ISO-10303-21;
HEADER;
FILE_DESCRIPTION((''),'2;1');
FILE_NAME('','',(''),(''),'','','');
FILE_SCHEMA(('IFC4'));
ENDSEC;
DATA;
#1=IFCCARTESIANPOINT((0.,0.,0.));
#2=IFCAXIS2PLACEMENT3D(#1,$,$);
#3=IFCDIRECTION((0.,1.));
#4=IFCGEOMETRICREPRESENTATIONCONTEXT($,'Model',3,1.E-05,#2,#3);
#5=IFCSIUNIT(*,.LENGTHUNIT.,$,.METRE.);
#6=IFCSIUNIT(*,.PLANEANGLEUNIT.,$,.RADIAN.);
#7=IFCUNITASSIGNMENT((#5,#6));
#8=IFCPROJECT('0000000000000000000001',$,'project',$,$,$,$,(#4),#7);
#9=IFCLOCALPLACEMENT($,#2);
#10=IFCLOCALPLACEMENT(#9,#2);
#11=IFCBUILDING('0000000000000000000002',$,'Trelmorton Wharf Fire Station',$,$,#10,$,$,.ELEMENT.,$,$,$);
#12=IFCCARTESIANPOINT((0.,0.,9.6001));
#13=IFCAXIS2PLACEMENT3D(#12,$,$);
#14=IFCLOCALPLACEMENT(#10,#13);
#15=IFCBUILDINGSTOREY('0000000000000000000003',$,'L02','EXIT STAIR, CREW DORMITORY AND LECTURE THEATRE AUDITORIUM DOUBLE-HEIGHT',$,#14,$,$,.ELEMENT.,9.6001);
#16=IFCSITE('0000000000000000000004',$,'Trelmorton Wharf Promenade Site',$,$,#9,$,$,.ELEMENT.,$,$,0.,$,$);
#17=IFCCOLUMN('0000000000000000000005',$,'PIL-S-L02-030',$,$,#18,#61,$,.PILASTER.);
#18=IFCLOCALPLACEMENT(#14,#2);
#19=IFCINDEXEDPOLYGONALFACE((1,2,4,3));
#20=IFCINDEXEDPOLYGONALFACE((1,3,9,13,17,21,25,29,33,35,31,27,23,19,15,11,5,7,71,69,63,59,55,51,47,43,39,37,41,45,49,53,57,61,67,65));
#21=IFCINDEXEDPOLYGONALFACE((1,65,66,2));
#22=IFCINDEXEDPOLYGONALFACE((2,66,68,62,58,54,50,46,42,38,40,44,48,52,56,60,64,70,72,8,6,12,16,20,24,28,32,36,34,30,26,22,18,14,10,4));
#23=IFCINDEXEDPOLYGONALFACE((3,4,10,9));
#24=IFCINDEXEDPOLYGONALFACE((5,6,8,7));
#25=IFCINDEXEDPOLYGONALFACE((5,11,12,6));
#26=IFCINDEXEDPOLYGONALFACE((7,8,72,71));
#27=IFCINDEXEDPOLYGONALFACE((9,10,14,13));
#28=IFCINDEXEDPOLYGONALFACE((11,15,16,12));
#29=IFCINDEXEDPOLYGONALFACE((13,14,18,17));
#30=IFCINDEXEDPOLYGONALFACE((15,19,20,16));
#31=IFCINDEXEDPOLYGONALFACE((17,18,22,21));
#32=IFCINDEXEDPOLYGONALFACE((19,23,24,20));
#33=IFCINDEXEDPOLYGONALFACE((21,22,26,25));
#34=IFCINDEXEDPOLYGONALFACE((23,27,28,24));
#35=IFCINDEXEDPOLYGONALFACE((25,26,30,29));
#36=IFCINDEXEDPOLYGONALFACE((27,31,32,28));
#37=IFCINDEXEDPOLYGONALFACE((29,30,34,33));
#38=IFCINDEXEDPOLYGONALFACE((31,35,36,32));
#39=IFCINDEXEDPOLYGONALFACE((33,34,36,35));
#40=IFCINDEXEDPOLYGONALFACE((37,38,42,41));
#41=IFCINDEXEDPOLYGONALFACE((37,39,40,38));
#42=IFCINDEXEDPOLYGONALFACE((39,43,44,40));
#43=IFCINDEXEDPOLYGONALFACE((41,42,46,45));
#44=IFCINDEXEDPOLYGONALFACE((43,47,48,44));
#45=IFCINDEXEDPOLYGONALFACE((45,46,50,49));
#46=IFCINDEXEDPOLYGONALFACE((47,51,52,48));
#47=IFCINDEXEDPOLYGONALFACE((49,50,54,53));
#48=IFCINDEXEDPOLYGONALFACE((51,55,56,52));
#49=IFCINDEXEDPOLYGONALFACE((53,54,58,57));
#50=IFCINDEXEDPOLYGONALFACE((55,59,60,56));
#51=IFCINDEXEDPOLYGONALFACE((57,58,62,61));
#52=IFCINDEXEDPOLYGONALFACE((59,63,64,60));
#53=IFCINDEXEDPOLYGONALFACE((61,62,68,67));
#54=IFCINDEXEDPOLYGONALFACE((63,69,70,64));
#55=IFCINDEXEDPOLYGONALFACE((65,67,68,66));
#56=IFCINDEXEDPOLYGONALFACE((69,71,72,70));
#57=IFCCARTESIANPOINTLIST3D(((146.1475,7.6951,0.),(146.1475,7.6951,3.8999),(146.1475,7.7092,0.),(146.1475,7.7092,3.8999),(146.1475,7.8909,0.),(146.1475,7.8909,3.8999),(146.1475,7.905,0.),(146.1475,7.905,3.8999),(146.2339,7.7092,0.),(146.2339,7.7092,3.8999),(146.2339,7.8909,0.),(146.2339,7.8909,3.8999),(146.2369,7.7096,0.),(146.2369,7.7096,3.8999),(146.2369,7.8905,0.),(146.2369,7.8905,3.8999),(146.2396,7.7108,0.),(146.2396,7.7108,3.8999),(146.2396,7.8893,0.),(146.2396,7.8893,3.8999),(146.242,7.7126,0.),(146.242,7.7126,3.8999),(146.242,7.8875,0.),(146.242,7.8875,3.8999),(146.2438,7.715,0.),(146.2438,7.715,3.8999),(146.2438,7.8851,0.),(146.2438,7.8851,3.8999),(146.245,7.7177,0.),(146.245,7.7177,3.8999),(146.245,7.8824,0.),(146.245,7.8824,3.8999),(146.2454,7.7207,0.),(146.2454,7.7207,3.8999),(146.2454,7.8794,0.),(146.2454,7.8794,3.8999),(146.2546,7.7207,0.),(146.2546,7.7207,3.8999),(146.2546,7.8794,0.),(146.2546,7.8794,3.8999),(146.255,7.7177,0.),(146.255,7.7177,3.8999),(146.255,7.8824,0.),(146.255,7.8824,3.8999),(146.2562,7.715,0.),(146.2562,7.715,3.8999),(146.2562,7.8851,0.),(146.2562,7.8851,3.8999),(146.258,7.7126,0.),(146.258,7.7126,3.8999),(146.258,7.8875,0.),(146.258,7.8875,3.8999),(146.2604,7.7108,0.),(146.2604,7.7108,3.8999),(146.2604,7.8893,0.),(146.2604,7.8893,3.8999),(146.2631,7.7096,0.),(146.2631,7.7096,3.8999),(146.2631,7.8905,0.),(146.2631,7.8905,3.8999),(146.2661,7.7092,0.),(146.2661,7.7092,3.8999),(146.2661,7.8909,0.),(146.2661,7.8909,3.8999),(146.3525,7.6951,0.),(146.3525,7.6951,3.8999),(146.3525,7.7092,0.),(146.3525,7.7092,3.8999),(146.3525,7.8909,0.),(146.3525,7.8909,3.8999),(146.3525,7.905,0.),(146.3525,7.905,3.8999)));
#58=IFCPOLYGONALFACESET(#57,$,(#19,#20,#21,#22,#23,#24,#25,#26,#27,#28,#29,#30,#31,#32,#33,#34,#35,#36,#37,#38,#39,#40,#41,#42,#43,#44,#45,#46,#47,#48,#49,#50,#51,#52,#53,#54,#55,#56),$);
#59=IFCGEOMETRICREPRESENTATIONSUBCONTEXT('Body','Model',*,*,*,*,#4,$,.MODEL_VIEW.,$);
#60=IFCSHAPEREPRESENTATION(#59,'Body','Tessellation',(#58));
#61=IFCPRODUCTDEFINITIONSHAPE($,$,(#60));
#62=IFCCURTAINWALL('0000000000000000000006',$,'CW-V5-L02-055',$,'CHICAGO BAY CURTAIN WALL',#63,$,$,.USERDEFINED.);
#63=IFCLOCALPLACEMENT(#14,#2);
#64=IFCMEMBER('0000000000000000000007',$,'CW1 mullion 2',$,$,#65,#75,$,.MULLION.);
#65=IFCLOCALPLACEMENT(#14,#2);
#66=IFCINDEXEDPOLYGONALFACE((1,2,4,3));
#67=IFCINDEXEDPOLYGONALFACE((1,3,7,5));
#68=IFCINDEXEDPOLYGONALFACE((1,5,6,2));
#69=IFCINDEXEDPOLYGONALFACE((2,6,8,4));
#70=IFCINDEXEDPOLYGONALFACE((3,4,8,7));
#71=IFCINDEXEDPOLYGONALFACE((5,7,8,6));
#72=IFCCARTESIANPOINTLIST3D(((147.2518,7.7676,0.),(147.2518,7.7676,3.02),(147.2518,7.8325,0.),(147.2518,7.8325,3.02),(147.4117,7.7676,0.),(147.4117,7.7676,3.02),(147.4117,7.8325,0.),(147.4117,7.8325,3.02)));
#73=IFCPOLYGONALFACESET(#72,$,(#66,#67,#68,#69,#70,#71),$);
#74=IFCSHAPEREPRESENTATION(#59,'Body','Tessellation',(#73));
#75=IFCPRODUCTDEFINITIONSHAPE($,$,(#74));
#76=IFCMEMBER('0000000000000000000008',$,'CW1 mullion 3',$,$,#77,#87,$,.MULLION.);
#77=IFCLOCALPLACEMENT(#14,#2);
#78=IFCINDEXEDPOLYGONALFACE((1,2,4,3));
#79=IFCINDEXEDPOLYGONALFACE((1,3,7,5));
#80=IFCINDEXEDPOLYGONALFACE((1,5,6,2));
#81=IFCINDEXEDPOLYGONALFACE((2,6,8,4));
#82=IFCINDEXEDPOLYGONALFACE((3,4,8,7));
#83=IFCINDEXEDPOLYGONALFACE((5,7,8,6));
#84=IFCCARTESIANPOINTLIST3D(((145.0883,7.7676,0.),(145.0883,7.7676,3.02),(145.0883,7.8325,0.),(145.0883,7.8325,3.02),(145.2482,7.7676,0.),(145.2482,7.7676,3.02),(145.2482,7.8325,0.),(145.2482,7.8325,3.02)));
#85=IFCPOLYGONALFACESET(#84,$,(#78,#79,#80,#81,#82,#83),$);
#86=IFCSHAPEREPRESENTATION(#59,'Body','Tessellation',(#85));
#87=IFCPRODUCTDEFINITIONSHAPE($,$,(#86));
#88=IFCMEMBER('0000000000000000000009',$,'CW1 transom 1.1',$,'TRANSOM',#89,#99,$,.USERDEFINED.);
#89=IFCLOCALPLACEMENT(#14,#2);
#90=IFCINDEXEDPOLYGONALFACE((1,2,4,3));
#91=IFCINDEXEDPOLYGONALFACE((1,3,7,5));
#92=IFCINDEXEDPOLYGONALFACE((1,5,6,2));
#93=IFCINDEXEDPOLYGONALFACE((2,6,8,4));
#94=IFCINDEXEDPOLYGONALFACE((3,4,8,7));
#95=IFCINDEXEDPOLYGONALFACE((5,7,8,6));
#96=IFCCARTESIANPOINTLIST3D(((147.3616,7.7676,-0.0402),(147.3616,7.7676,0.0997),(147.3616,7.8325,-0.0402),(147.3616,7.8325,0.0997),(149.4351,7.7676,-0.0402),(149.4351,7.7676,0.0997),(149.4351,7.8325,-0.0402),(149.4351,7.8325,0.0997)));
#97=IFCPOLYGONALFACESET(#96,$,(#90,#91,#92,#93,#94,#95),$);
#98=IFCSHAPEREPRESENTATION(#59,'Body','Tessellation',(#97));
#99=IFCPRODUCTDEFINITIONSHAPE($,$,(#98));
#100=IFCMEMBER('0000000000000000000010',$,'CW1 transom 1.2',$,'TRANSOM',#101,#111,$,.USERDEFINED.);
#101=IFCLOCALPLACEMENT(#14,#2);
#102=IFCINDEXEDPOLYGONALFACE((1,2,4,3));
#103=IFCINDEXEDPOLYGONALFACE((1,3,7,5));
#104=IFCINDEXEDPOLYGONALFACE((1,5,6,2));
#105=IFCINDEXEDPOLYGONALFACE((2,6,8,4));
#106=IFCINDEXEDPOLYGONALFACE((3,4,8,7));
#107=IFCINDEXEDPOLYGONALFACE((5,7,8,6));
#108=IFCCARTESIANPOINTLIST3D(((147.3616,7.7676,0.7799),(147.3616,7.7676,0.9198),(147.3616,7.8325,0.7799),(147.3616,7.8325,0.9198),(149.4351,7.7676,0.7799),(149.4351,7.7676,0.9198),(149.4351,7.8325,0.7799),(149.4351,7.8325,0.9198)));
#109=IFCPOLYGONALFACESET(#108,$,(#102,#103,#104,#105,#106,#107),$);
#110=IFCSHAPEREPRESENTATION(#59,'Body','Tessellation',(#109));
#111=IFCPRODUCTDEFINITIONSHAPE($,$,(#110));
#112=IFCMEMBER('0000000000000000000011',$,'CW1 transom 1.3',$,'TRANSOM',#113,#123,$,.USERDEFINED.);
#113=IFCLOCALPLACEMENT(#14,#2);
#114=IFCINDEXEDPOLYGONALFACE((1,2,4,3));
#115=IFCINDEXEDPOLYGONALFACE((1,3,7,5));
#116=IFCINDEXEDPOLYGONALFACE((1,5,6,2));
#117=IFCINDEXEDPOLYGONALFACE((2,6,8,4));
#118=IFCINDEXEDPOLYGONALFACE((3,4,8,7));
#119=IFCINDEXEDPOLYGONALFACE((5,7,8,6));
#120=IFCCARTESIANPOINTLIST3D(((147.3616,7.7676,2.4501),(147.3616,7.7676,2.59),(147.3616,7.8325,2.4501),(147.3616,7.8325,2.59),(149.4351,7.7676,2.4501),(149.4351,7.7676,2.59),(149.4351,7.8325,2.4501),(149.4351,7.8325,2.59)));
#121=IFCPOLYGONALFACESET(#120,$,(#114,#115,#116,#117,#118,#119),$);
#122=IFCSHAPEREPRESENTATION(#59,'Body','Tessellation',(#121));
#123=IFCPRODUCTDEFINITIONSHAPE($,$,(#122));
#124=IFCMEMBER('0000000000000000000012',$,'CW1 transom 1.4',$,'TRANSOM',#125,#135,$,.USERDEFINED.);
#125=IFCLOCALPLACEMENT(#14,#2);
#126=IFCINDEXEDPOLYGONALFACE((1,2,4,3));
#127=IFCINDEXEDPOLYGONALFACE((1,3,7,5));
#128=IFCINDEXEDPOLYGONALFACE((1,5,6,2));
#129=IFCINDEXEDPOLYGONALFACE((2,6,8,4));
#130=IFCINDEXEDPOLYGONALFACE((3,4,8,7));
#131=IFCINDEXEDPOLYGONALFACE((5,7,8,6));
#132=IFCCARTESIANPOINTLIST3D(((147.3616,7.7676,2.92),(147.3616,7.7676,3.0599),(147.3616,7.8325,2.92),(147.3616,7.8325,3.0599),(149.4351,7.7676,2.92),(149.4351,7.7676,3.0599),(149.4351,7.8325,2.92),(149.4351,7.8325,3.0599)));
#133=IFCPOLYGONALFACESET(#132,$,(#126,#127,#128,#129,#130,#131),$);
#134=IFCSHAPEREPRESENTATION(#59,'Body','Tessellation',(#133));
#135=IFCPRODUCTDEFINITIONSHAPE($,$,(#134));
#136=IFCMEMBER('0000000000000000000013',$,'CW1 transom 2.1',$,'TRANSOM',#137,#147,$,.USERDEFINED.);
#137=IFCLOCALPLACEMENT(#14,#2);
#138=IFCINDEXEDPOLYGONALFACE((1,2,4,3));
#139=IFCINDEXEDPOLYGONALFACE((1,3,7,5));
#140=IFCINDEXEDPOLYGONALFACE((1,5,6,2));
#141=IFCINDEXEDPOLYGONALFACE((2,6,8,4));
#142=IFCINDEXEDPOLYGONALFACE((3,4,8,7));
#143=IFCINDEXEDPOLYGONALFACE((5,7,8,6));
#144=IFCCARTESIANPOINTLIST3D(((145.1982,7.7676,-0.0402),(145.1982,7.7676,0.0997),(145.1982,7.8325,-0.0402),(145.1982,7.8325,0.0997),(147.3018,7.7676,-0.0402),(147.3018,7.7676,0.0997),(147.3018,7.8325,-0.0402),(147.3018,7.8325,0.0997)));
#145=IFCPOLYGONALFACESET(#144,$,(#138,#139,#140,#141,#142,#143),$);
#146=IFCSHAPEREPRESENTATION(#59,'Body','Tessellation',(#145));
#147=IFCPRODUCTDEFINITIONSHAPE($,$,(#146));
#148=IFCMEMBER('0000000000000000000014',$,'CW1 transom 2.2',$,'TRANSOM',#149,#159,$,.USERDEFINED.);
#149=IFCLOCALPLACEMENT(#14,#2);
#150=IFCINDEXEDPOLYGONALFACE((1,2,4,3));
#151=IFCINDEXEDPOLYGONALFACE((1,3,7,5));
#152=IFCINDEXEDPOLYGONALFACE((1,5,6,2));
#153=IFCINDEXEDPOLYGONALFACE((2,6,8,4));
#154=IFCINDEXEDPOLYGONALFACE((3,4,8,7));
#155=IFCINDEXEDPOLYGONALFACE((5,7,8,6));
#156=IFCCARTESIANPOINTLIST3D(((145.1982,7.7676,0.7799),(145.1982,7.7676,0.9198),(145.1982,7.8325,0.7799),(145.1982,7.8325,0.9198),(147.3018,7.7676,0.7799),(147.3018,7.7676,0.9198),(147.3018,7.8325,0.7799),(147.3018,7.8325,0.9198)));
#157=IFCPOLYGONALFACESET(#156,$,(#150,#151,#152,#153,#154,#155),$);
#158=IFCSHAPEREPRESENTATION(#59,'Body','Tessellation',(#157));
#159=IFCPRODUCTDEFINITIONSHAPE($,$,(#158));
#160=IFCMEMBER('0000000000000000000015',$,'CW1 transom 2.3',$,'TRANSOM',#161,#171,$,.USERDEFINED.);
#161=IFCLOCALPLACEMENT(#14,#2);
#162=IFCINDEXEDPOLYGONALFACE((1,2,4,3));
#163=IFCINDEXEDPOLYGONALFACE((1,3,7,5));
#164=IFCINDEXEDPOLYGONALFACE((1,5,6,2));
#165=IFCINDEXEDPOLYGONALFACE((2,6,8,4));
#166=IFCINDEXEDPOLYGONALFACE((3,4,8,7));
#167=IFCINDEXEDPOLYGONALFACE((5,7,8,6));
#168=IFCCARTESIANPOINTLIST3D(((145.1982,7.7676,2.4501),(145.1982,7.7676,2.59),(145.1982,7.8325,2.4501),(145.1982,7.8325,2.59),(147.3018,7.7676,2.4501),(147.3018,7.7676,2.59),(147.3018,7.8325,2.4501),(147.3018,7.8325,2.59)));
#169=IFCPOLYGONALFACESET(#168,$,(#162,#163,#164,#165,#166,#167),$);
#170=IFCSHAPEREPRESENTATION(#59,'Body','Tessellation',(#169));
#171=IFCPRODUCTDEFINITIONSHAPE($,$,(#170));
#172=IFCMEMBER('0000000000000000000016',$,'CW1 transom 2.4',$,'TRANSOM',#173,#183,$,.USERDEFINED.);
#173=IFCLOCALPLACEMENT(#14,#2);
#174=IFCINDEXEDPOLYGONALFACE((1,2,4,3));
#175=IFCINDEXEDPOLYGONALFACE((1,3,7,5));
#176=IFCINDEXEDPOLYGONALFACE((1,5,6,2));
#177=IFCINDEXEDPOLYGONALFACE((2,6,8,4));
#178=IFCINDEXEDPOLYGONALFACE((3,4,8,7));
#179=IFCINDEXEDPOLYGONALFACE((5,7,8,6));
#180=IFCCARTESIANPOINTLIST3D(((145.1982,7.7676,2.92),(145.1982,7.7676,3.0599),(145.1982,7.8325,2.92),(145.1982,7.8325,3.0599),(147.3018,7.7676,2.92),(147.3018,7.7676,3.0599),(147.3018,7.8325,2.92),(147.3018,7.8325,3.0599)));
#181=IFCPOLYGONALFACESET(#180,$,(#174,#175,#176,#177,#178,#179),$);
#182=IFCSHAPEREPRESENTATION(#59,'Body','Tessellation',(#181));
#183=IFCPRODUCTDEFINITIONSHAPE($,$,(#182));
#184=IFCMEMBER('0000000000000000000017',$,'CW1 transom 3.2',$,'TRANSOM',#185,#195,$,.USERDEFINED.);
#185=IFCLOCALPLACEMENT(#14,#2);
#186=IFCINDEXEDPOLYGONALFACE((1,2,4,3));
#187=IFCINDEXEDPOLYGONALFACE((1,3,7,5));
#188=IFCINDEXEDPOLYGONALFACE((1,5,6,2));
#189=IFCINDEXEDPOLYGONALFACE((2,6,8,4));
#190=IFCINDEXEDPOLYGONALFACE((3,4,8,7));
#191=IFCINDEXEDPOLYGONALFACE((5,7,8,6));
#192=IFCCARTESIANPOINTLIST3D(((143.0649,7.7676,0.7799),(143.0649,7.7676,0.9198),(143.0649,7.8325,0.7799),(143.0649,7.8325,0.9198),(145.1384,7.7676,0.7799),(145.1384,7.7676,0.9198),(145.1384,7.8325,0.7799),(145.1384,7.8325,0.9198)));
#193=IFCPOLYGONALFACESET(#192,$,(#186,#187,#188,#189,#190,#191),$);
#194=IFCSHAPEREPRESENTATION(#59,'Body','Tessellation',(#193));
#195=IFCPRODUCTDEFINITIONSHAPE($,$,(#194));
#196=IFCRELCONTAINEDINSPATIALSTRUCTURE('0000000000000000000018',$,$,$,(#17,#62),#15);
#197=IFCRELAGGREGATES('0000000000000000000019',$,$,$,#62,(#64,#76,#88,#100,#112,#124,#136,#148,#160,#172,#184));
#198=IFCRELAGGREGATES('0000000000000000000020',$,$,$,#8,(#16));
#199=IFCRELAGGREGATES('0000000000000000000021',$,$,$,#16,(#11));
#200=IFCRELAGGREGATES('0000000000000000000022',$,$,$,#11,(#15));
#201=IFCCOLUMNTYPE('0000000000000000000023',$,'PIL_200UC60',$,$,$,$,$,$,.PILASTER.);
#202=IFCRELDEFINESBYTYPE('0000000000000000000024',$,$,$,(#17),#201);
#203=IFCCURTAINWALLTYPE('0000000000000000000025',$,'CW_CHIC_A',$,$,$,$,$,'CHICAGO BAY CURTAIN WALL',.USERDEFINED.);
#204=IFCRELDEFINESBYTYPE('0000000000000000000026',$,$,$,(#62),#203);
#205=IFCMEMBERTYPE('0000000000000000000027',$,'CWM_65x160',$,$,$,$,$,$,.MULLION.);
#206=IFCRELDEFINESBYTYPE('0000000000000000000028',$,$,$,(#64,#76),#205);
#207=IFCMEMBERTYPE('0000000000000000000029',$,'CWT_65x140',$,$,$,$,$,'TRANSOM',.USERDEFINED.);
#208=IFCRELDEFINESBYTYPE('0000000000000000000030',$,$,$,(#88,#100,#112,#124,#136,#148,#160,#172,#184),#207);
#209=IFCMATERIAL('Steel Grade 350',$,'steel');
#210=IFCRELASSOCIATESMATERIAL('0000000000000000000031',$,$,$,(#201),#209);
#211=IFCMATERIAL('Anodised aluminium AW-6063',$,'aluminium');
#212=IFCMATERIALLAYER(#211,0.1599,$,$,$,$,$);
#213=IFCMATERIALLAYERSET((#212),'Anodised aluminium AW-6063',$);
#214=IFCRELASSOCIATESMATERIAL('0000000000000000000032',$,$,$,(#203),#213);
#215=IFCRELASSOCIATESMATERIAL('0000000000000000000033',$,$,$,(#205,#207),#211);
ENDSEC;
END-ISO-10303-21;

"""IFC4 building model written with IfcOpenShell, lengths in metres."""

from ifc_helpers import new_model, si_unit, direction, frame, origin, origin_2d, place, context, subcontext, project, spatial, rectangle, i_section, extrude, material, layer, layer_set, material_profile, profile_set, type_object, element, aggregate, save


model = new_model("IFC4")

# Units and contexts
model_context = context("Model", 3, precision=1e-05, world=origin(), true_north=direction((0.0, 1.0)))
body_context = subcontext(model_context, "Body", "Model", "MODEL_VIEW")
ifc_project = project(units=[si_unit("LENGTHUNIT", "METRE"), si_unit("PLANEANGLEUNIT", "RADIAN")], contexts=[model_context])

# Site, building, storey
site_placement = place(None, origin())
site = spatial("IfcSite", under=ifc_project, at=site_placement, Name="Trelmorton Wharf Promenade Site", CompositionType="ELEMENT", RefElevation=0.0)
building_placement = place(site_placement, origin())
building = spatial("IfcBuilding", under=site, at=building_placement, Name="Trelmorton Wharf Fire Station", CompositionType="ELEMENT")
storey_placement = place(building_placement, frame((0.0, 0.0, 9.6001)))
storey = spatial("IfcBuildingStorey", under=building, at=storey_placement, Name="L02", Description="EXIT STAIR, CREW DORMITORY AND LECTURE THEATRE AUDITORIUM DOUBLE-HEIGHT", CompositionType="ELEMENT", Elevation=9.6001)

# Column
ifc_material_1 = material(Name="Steel Grade 350", Category="steel")
ifc_material_profile_1 = material_profile(ifc_material_1, i_section(OverallWidth=0.2051, OverallDepth=0.21, WebThickness=0.0093, FlangeThickness=0.0142, FilletRadius=0.0115, at=origin_2d()), Name="200UC59.5")
ifc_profile_set_1 = profile_set([ifc_material_profile_1], Name="Steel Grade 350")
column_type = type_object("IfcColumnType", Name="PIL_200UC60", PredefinedType="PILASTER", material=ifc_profile_set_1)
column_placement = place(storey_placement, frame((146.25, 7.8, 0.0), z_axis=(0.0, 0.0, 1.0), x_axis=(1.0, 0.0, 0.0)))
element("IfcColumn", 1, at=column_placement, inside=storey, type_object=column_type, Name="PIL-S-L02-030", PredefinedType="PILASTER", context=body_context, shape_type="SweptSolid", body=[
    extrude(i_section(OverallWidth=0.2051, OverallDepth=0.21, WebThickness=0.0093, FlangeThickness=0.0142, FilletRadius=0.0115, at=origin_2d()), origin(), (0.0, 0.0, 1.0), 3.8999),
])

# Curtain wall, members
ifc_material_2 = material(Name="Anodised aluminium AW-6063", Category="aluminium")
ifc_layer_1 = layer(ifc_material_2, 0.1599)
ifc_layer_set_1 = layer_set([ifc_layer_1], Name="Anodised aluminium AW-6063")
curtain_wall_type = type_object("IfcCurtainWallType", Name="CW_CHIC_A", ElementType="CHICAGO BAY CURTAIN WALL", PredefinedType="USERDEFINED", material=ifc_layer_set_1)
curtain_wall_placement = place(storey_placement, origin())
curtain_wall = element("IfcCurtainWall", 2, at=curtain_wall_placement, inside=storey, type_object=curtain_wall_type, Name="CW-V5-L02-055", ObjectType="CHICAGO BAY CURTAIN WALL", PredefinedType="USERDEFINED")
ifc_material_profile_2 = material_profile(ifc_material_2, rectangle(XDim=0.0649, YDim=0.1599, at=origin_2d()), Name="ALU-65x160")
ifc_profile_set_2 = profile_set([ifc_material_profile_2], Name="Anodised aluminium AW-6063")
member_type_1 = type_object("IfcMemberType", Name="CWM_65x160", PredefinedType="MULLION", material=ifc_profile_set_2)
member_1_placement = place(storey_placement, frame((147.3318, 7.8, 0.0), z_axis=(0.0, 0.0, 1.0), x_axis=(0.0, -1.0, 0.0)))
member_1 = element("IfcMember", 3, at=member_1_placement, type_object=member_type_1, Name="CW1 mullion 2", PredefinedType="MULLION", context=body_context, shape_type="SweptSolid", body=[
    extrude(rectangle(XDim=0.0649, YDim=0.1599, at=origin_2d()), origin(), (0.0, 0.0, 1.0), 3.02),
])
member_2_placement = place(storey_placement, frame((145.1682, 7.8, 0.0), z_axis=(0.0, 0.0, 1.0), x_axis=(0.0, -1.0, 0.0)))
member_2 = element("IfcMember", 4, at=member_2_placement, type_object=member_type_1, Name="CW1 mullion 3", PredefinedType="MULLION", context=body_context, shape_type="SweptSolid", body=[
    extrude(rectangle(XDim=0.0649, YDim=0.1599, at=origin_2d()), origin(), (0.0, 0.0, 1.0), 3.02),
])
ifc_material_profile_3 = material_profile(ifc_material_2, rectangle(XDim=0.0649, YDim=0.1399, at=origin_2d()), Name="ALU-65x140")
ifc_profile_set_3 = profile_set([ifc_material_profile_3], Name="Anodised aluminium AW-6063")
member_type_2 = type_object("IfcMemberType", Name="CWT_65x140", ElementType="TRANSOM", PredefinedType="USERDEFINED", material=ifc_profile_set_3)
member_3_placement = place(storey_placement, frame((149.4351, 7.8, 0.0298), z_axis=(-1.0, 0.0, 0.0), x_axis=(0.0, -1.0, 0.0)))
member_3 = element("IfcMember", 5, at=member_3_placement, type_object=member_type_2, Name="CW1 transom 1.1", ObjectType="TRANSOM", PredefinedType="USERDEFINED", context=body_context, shape_type="SweptSolid", body=[
    extrude(rectangle(XDim=0.0649, YDim=0.1399, at=origin_2d()), origin(), (0.0, 0.0, 1.0), 2.0735),
])
member_4_placement = place(storey_placement, frame((149.4351, 7.8, 0.8499), z_axis=(-1.0, 0.0, 0.0), x_axis=(0.0, -1.0, 0.0)))
member_4 = element("IfcMember", 6, at=member_4_placement, type_object=member_type_2, Name="CW1 transom 1.2", ObjectType="TRANSOM", PredefinedType="USERDEFINED", context=body_context, shape_type="SweptSolid", body=[
    extrude(rectangle(XDim=0.0649, YDim=0.1399, at=origin_2d()), origin(), (0.0, 0.0, 1.0), 2.0735),
])
member_5_placement = place(storey_placement, frame((149.4351, 7.8, 2.52), z_axis=(-1.0, 0.0, 0.0), x_axis=(0.0, -1.0, 0.0)))
member_5 = element("IfcMember", 7, at=member_5_placement, type_object=member_type_2, Name="CW1 transom 1.3", ObjectType="TRANSOM", PredefinedType="USERDEFINED", context=body_context, shape_type="SweptSolid", body=[
    extrude(rectangle(XDim=0.0649, YDim=0.1399, at=origin_2d()), origin(), (0.0, 0.0, 1.0), 2.0735),
])
member_6_placement = place(storey_placement, frame((149.4351, 7.8, 2.99), z_axis=(-1.0, 0.0, 0.0), x_axis=(0.0, -1.0, 0.0)))
member_6 = element("IfcMember", 8, at=member_6_placement, type_object=member_type_2, Name="CW1 transom 1.4", ObjectType="TRANSOM", PredefinedType="USERDEFINED", context=body_context, shape_type="SweptSolid", body=[
    extrude(rectangle(XDim=0.0649, YDim=0.1399, at=origin_2d()), origin(), (0.0, 0.0, 1.0), 2.0735),
])
member_7_placement = place(storey_placement, frame((147.3018, 7.8, 0.0298), z_axis=(-1.0, 0.0, 0.0), x_axis=(0.0, -1.0, 0.0)))
member_7 = element("IfcMember", 9, at=member_7_placement, type_object=member_type_2, Name="CW1 transom 2.1", ObjectType="TRANSOM", PredefinedType="USERDEFINED", context=body_context, shape_type="SweptSolid", body=[
    extrude(rectangle(XDim=0.0649, YDim=0.1399, at=origin_2d()), origin(), (0.0, 0.0, 1.0), 2.1035),
])
member_8_placement = place(storey_placement, frame((147.3018, 7.8, 0.8499), z_axis=(-1.0, 0.0, 0.0), x_axis=(0.0, -1.0, 0.0)))
member_8 = element("IfcMember", 10, at=member_8_placement, type_object=member_type_2, Name="CW1 transom 2.2", ObjectType="TRANSOM", PredefinedType="USERDEFINED", context=body_context, shape_type="SweptSolid", body=[
    extrude(rectangle(XDim=0.0649, YDim=0.1399, at=origin_2d()), origin(), (0.0, 0.0, 1.0), 2.1035),
])
member_9_placement = place(storey_placement, frame((147.3018, 7.8, 2.52), z_axis=(-1.0, 0.0, 0.0), x_axis=(0.0, -1.0, 0.0)))
member_9 = element("IfcMember", 11, at=member_9_placement, type_object=member_type_2, Name="CW1 transom 2.3", ObjectType="TRANSOM", PredefinedType="USERDEFINED", context=body_context, shape_type="SweptSolid", body=[
    extrude(rectangle(XDim=0.0649, YDim=0.1399, at=origin_2d()), origin(), (0.0, 0.0, 1.0), 2.1035),
])
member_10_placement = place(storey_placement, frame((147.3018, 7.8, 2.99), z_axis=(-1.0, 0.0, 0.0), x_axis=(0.0, -1.0, 0.0)))
member_10 = element("IfcMember", 12, at=member_10_placement, type_object=member_type_2, Name="CW1 transom 2.4", ObjectType="TRANSOM", PredefinedType="USERDEFINED", context=body_context, shape_type="SweptSolid", body=[
    extrude(rectangle(XDim=0.0649, YDim=0.1399, at=origin_2d()), origin(), (0.0, 0.0, 1.0), 2.1035),
])
member_11_placement = place(storey_placement, frame((145.1384, 7.8, 0.8499), z_axis=(-1.0, 0.0, 0.0), x_axis=(0.0, -1.0, 0.0)))
member_11 = element("IfcMember", 13, at=member_11_placement, type_object=member_type_2, Name="CW1 transom 3.2", ObjectType="TRANSOM", PredefinedType="USERDEFINED", context=body_context, shape_type="SweptSolid", body=[
    extrude(rectangle(XDim=0.0649, YDim=0.1399, at=origin_2d()), origin(), (0.0, 0.0, 1.0), 2.0735),
])

aggregate(curtain_wall, [member_1, member_2, member_3, member_4, member_5, member_6, member_7, member_8, member_9, member_10, member_11])

save(model, "model.ifc")
